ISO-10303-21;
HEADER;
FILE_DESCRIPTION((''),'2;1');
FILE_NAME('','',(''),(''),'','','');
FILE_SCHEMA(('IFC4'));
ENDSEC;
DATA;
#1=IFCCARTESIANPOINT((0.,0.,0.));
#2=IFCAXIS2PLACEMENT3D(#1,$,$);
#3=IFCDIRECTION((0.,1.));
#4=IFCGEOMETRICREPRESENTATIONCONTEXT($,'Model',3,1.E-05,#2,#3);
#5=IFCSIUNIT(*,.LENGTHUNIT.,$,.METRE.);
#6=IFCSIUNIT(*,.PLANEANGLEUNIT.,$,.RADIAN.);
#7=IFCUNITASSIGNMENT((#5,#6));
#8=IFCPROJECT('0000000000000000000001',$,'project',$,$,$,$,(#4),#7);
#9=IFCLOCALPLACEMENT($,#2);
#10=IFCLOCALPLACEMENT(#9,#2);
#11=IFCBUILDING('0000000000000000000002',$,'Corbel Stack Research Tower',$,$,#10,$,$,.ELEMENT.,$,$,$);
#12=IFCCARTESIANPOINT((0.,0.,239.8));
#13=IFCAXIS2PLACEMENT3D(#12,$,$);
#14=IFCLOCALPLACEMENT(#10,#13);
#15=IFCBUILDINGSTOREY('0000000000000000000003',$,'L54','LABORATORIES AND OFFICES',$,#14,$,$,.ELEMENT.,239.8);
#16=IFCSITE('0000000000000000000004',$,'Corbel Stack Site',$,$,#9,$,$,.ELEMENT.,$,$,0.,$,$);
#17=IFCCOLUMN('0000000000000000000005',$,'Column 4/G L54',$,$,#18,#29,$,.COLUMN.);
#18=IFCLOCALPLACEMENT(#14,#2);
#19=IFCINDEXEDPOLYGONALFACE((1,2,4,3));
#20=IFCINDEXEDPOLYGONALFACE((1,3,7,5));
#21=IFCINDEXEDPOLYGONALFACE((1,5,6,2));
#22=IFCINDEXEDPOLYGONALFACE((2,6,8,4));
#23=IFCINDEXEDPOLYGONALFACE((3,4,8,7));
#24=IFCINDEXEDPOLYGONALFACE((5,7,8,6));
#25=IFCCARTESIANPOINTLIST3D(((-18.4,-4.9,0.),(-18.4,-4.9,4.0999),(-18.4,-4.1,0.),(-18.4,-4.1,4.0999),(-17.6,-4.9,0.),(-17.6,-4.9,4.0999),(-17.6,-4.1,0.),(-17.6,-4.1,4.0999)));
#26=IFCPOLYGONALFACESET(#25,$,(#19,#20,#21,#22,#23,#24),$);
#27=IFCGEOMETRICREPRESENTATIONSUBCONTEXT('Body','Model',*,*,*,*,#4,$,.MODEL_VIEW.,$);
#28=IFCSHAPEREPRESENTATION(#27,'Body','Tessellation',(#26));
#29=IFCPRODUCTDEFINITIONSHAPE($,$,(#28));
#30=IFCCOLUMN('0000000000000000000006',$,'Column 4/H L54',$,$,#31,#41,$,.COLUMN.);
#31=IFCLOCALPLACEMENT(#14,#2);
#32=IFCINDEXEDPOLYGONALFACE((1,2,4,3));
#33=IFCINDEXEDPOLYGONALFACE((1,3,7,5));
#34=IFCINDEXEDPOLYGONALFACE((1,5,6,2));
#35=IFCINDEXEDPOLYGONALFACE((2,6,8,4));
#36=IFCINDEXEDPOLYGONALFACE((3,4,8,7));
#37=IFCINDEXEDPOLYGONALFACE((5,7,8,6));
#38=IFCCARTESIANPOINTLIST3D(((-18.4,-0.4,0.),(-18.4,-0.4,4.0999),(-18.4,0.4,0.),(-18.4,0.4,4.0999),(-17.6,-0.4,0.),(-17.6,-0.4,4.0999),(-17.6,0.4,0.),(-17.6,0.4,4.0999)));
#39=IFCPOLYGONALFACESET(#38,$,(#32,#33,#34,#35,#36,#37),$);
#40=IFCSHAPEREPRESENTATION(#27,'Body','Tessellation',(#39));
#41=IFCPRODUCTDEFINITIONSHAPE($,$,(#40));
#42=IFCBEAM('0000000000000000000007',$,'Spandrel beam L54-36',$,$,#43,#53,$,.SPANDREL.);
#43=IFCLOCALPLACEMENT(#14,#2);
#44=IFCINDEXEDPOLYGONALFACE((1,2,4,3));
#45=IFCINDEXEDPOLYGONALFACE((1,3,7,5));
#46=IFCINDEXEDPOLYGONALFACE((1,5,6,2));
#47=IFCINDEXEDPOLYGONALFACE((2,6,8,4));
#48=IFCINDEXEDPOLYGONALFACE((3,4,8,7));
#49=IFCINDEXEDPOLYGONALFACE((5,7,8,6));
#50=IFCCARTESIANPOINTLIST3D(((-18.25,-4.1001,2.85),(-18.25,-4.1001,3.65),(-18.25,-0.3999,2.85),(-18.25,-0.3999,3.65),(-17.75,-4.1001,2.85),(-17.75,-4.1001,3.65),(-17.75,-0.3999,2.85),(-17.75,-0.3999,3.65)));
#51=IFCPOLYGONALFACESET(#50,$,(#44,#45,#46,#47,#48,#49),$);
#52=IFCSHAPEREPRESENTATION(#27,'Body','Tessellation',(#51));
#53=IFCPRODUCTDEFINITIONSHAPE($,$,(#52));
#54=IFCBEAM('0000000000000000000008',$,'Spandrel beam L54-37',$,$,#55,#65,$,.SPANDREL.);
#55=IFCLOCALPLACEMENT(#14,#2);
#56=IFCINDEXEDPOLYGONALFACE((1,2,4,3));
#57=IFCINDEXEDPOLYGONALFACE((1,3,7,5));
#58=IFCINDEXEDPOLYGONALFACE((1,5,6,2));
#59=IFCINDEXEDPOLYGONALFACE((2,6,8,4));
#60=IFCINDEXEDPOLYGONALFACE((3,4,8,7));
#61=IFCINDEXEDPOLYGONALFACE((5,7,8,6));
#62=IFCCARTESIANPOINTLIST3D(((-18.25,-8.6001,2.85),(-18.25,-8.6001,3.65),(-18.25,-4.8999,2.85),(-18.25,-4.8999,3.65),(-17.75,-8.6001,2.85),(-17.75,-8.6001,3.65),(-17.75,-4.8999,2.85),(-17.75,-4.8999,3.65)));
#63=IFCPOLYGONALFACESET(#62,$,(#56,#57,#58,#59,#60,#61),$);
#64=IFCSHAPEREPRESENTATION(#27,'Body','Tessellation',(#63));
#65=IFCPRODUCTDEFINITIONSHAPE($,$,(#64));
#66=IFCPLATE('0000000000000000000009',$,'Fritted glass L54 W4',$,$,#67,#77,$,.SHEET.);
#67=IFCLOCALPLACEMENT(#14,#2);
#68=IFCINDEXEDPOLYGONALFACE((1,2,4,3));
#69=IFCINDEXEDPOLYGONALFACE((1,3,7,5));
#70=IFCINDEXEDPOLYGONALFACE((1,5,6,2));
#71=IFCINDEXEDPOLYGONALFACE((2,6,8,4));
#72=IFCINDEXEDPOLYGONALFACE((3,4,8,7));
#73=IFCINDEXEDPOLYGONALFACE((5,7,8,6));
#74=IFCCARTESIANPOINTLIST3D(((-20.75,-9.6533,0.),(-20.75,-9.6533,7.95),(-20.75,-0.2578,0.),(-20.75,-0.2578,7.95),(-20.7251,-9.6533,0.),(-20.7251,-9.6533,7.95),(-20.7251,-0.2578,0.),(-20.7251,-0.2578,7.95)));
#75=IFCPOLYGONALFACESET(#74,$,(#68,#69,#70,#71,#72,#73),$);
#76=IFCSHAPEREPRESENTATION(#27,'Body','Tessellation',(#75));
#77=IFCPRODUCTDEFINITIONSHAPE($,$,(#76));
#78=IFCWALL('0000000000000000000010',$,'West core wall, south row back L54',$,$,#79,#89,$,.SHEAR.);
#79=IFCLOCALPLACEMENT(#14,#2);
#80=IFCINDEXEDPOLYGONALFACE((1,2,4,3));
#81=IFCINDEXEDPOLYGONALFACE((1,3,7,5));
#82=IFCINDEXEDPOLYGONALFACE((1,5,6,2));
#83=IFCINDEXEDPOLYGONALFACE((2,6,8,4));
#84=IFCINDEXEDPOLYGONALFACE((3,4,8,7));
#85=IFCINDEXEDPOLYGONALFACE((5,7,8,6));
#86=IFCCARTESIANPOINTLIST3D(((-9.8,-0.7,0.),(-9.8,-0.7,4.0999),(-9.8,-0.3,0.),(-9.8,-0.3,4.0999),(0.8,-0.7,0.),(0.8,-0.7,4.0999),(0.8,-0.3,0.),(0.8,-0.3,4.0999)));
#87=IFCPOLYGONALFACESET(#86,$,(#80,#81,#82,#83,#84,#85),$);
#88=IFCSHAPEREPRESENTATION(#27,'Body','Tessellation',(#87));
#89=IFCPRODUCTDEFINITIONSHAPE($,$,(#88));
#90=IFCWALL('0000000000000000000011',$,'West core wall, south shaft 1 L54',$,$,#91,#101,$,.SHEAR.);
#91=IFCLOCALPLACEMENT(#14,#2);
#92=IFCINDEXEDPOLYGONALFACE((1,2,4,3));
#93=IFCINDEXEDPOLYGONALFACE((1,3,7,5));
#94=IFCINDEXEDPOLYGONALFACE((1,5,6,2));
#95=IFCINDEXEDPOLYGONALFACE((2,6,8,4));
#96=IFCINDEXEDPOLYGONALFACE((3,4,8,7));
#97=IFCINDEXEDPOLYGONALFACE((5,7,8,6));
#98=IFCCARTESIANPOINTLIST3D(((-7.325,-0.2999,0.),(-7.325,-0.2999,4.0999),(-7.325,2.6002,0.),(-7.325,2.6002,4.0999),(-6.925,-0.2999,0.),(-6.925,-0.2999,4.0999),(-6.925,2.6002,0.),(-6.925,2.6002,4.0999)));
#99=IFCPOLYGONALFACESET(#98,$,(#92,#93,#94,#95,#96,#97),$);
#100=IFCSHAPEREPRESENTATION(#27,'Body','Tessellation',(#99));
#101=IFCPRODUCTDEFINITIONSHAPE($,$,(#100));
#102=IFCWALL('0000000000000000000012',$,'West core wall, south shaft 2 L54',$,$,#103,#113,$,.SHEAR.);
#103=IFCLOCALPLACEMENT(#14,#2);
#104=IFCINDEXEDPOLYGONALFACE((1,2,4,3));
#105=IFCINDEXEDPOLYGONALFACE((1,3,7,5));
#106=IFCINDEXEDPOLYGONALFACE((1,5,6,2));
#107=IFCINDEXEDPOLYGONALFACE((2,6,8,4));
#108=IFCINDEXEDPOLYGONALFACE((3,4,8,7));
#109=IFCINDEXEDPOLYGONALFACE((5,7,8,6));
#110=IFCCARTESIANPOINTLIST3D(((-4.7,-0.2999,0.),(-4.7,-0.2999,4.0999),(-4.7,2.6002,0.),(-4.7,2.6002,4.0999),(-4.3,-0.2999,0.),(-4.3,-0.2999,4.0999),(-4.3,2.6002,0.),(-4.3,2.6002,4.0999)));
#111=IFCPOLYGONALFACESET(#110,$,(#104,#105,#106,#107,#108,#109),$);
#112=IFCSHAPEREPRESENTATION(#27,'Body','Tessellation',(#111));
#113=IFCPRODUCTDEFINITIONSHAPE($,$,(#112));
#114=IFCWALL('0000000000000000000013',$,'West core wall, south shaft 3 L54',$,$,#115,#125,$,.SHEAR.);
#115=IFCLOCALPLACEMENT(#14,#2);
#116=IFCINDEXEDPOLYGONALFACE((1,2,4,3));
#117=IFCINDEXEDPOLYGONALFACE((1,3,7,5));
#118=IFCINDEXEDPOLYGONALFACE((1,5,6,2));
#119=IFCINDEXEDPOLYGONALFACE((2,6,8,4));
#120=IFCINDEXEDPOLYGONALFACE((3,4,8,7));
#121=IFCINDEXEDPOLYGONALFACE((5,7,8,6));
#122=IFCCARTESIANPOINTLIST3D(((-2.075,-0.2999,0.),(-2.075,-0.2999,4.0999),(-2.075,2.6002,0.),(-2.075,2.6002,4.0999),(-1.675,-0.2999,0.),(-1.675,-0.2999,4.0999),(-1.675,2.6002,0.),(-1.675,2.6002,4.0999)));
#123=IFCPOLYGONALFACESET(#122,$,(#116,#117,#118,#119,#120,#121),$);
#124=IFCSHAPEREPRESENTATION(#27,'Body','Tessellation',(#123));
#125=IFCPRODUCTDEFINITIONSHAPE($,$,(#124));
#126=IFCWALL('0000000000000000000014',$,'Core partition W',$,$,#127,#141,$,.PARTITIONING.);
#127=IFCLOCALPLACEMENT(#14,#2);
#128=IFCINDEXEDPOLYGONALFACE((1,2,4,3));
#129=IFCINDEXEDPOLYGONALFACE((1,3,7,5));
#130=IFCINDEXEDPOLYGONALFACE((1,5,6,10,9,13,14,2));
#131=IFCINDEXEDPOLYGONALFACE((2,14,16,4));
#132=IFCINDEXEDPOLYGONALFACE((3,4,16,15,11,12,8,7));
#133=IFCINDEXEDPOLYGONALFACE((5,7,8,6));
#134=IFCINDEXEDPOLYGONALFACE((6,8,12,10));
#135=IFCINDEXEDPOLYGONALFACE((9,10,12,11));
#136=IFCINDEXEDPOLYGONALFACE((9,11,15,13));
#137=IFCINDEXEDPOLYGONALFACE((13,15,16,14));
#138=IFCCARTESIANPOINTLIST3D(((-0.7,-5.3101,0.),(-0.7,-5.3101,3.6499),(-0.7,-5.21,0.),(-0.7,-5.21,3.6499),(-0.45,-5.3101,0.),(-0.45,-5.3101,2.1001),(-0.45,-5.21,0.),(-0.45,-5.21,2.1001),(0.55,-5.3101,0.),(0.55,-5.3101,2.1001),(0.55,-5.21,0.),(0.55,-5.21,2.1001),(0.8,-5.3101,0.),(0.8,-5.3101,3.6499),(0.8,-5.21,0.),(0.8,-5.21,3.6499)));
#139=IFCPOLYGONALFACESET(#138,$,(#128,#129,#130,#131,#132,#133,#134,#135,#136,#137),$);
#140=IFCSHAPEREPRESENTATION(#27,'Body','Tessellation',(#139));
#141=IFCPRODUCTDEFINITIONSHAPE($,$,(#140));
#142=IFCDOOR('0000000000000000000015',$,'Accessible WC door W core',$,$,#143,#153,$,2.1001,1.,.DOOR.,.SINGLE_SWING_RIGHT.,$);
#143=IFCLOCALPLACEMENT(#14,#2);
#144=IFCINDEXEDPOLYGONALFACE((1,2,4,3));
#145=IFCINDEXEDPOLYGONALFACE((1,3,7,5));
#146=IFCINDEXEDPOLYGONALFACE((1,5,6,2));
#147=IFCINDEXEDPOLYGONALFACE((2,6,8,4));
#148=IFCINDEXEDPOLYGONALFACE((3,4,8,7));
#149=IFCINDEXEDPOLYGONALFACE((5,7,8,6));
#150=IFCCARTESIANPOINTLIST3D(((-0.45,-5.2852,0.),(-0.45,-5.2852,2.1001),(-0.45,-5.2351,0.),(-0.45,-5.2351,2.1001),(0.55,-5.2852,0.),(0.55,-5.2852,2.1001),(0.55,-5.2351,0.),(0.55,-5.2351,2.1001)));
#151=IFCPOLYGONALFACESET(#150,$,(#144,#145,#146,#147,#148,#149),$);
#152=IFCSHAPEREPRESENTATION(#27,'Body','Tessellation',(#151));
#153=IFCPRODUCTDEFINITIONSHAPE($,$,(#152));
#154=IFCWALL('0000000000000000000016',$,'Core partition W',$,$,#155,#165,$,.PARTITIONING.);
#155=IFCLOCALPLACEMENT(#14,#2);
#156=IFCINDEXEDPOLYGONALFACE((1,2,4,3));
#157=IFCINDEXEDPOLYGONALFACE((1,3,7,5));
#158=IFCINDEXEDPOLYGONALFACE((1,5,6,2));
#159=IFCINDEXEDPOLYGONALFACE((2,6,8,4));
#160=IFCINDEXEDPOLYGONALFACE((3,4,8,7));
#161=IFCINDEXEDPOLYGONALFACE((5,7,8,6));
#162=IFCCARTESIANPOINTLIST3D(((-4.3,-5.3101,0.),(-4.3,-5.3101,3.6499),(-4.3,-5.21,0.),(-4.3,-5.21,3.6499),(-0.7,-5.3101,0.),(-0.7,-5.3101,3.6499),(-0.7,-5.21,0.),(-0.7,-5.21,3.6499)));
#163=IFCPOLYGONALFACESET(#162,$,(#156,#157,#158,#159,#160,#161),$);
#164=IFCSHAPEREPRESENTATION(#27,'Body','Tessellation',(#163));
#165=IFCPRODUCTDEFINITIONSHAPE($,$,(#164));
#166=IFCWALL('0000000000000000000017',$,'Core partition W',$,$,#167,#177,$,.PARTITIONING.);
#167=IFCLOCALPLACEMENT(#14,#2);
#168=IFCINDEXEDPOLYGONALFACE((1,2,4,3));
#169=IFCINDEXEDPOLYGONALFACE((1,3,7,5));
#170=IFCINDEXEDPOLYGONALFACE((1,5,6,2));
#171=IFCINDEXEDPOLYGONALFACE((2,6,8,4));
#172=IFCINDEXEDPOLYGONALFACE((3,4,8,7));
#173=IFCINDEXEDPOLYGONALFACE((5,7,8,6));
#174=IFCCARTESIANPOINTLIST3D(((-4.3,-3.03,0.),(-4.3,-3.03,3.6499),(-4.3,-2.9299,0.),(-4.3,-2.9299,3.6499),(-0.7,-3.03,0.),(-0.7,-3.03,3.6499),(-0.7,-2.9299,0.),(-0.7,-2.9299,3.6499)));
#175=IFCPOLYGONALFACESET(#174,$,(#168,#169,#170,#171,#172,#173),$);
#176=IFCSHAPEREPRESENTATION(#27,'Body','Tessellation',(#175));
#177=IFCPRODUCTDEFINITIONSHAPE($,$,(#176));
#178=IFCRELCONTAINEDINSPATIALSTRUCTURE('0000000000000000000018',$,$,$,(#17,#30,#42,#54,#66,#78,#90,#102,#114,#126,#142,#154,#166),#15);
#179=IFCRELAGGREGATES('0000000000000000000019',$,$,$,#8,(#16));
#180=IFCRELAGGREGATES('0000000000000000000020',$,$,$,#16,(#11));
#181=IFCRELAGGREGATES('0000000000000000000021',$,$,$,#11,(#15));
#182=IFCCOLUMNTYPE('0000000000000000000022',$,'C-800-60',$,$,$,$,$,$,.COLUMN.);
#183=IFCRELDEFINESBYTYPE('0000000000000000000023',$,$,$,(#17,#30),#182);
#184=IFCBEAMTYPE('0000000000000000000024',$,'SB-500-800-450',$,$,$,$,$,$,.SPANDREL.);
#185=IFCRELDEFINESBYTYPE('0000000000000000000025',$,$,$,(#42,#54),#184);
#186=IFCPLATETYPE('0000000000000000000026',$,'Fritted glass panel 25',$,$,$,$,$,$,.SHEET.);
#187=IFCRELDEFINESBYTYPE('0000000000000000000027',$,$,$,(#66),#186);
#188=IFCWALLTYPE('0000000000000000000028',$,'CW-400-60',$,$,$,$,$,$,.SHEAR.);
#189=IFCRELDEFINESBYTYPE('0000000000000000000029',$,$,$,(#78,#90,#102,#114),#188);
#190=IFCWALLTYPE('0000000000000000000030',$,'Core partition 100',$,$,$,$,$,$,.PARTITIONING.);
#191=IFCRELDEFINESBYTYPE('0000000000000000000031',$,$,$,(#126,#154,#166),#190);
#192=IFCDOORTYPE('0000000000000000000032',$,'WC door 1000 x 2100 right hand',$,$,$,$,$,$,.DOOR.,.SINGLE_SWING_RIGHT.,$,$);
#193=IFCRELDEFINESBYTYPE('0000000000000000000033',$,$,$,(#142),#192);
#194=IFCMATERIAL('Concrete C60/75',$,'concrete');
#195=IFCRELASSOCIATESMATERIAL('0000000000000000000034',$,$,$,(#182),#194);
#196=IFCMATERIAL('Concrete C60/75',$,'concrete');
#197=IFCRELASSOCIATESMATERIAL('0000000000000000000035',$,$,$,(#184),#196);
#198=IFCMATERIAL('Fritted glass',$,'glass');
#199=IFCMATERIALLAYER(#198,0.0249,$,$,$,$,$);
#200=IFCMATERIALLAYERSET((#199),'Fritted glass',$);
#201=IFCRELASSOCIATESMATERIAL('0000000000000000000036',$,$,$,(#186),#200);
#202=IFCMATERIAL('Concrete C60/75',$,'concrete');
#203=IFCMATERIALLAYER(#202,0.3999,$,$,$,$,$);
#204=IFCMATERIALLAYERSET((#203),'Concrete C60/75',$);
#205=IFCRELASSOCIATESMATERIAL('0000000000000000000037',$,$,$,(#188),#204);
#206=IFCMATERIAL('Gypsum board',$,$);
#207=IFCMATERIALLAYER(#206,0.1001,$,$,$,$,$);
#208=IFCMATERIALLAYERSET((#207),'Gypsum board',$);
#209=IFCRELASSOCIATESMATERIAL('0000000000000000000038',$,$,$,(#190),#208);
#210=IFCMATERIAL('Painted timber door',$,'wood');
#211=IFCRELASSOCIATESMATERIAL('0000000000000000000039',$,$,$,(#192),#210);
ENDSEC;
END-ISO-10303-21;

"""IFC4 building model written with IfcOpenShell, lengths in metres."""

from ifc_helpers import new_model, si_unit, direction, frame, frame_2d, origin, origin_2d, place, context, subcontext, project, spatial, rectangle, extrude, material, layer, layer_set, material_profile, profile_set, type_object, element, fill, save


model = new_model("IFC4")

# Units and contexts
model_context = context("Model", 3, precision=1e-05, world=origin(), true_north=direction((0.0, 1.0)))
body_context = subcontext(model_context, "Body", "Model", "MODEL_VIEW")
ifc_project = project(units=[si_unit("LENGTHUNIT", "METRE"), si_unit("PLANEANGLEUNIT", "RADIAN")], contexts=[model_context])

# Site, building, storey
site_placement = place(None, origin())
site = spatial("IfcSite", under=ifc_project, at=site_placement, Name="Corbel Stack Site", CompositionType="ELEMENT", RefElevation=0.0)
building_placement = place(site_placement, origin())
building = spatial("IfcBuilding", under=site, at=building_placement, Name="Corbel Stack Research Tower", CompositionType="ELEMENT")
storey_placement = place(building_placement, frame((0.0, 0.0, 239.8)))
storey = spatial("IfcBuildingStorey", under=building, at=storey_placement, Name="L54", Description="LABORATORIES AND OFFICES", CompositionType="ELEMENT", Elevation=239.8)

# Columns
ifc_material_1 = material(Name="Concrete C60/75", Category="concrete")
ifc_material_profile_1 = material_profile(ifc_material_1, rectangle(XDim=0.8, YDim=0.8, at=origin_2d()), Name="RC 800 x 800")
ifc_profile_set_1 = profile_set([ifc_material_profile_1], Name="Concrete C60/75")
column_type = type_object("IfcColumnType", Name="C-800-60", PredefinedType="COLUMN", material=ifc_profile_set_1)
for number, where, z_axis, x_axis, name in (
    (1, (-18.0, -4.5, 0.0), (0.0, 0.0, 1.0), (1.0, 0.0, 0.0), "Column 4/G L54"),
    (2, (-18.0, 0.0, 0.0), (0.0, 0.0, 1.0), (1.0, 0.0, 0.0), "Column 4/H L54"),
):
    element("IfcColumn", number, at=place(storey_placement, frame(where, z_axis=z_axis, x_axis=x_axis)), inside=storey, type_object=column_type, Name=name, PredefinedType="COLUMN", context=body_context, shape_type="SweptSolid", body=[
        extrude(rectangle(XDim=0.8, YDim=0.8, at=origin_2d()), origin(), (0.0, 0.0, 1.0), 4.0999),
    ])

# Beams
ifc_material_2 = material(Name="Concrete C60/75", Category="concrete")
ifc_material_profile_2 = material_profile(ifc_material_2, rectangle(XDim=0.5, YDim=0.8, at=origin_2d()), Name="RC 500 x 800")
ifc_profile_set_2 = profile_set([ifc_material_profile_2], Name="Concrete C60/75")
beam_type = type_object("IfcBeamType", Name="SB-500-800-450", PredefinedType="SPANDREL", material=ifc_profile_set_2)
for number, where, z_axis, x_axis, name in (
    (3, (-18.0, -0.3999, 3.25), (0.0, -1.0, 0.0), (1.0, 0.0, 0.0), "Spandrel beam L54-36"),
    (4, (-18.0, -4.8999, 3.25), (0.0, -1.0, 0.0), (1.0, 0.0, 0.0), "Spandrel beam L54-37"),
):
    element("IfcBeam", number, at=place(storey_placement, frame(where, z_axis=z_axis, x_axis=x_axis)), inside=storey, type_object=beam_type, Name=name, PredefinedType="SPANDREL", context=body_context, shape_type="SweptSolid", body=[
        extrude(rectangle(XDim=0.5, YDim=0.8, at=origin_2d()), origin(), (0.0, 0.0, 1.0), 3.7002),
    ])

# Plate
ifc_material_3 = material(Name="Fritted glass", Category="glass")
ifc_layer_1 = layer(ifc_material_3, 0.0249)
ifc_layer_set_1 = layer_set([ifc_layer_1], Name="Fritted glass")
plate_type = type_object("IfcPlateType", Name="Fritted glass panel 25", PredefinedType="SHEET", material=ifc_layer_set_1)
plate_placement = place(storey_placement, frame((-20.7375, -4.9556, 0.0), z_axis=(0.0, 0.0, 1.0), x_axis=(0.0, -1.0, 0.0)))
element("IfcPlate", 5, at=plate_placement, inside=storey, type_object=plate_type, Name="Fritted glass L54 W4", PredefinedType="SHEET", context=body_context, shape_type="SweptSolid", body=[
    extrude(rectangle(XDim=9.3955, YDim=0.0249, at=origin_2d()), origin(), (0.0, 0.0, 1.0), 7.95),
])

# Walls
ifc_material_4 = material(Name="Concrete C60/75", Category="concrete")
ifc_layer_2 = layer(ifc_material_4, 0.3999)
ifc_layer_set_2 = layer_set([ifc_layer_2], Name="Concrete C60/75")
wall_type_1 = type_object("IfcWallType", Name="CW-400-60", PredefinedType="SHEAR", material=ifc_layer_set_2)
wall_1_placement = place(storey_placement, frame((-9.8, -0.5, 0.0), z_axis=(0.0, 0.0, 1.0), x_axis=(1.0, 0.0, 0.0)))
element("IfcWall", 6, at=wall_1_placement, inside=storey, type_object=wall_type_1, Name="West core wall, south row back L54", PredefinedType="SHEAR", context=body_context, shape_type="SweptSolid", body=[
    extrude(rectangle(XDim=10.6001, YDim=0.3999, at=frame_2d((5.3, 0.0))), origin(), (0.0, 0.0, 1.0), 4.0999),
])
for number, where, z_axis, x_axis, name in (
    (7, (-7.125, -0.3, 0.0), (0.0, 0.0, 1.0), (0.0, 1.0, 0.0), "West core wall, south shaft 1 L54"),
    (8, (-4.5, -0.3, 0.0), (0.0, 0.0, 1.0), (0.0, 1.0, 0.0), "West core wall, south shaft 2 L54"),
    (9, (-1.875, -0.3, 0.0), (0.0, 0.0, 1.0), (0.0, 1.0, 0.0), "West core wall, south shaft 3 L54"),
):
    element("IfcWall", number, at=place(storey_placement, frame(where, z_axis=z_axis, x_axis=x_axis)), inside=storey, type_object=wall_type_1, Name=name, PredefinedType="SHEAR", context=body_context, shape_type="SweptSolid", body=[
        extrude(rectangle(XDim=2.9001, YDim=0.3999, at=frame_2d((1.4502, 0.0))), origin(), (0.0, 0.0, 1.0), 4.0999),
    ])

# Wall, opening, door
ifc_material_5 = material(Name="Gypsum board")
ifc_layer_3 = layer(ifc_material_5, 0.1001)
ifc_layer_set_3 = layer_set([ifc_layer_3], Name="Gypsum board")
wall_type_2 = type_object("IfcWallType", Name="Core partition 100", PredefinedType="PARTITIONING", material=ifc_layer_set_3)
wall_2_placement = place(storey_placement, frame((-0.7, -5.26, 0.0), z_axis=(0.0, 0.0, 1.0), x_axis=(1.0, 0.0, 0.0)))
wall_2 = element("IfcWall", 10, at=wall_2_placement, inside=storey, type_object=wall_type_2, Name="Core partition W", PredefinedType="PARTITIONING", context=body_context, shape_type="SweptSolid", body=[
    extrude(rectangle(XDim=1.5, YDim=0.1001, at=frame_2d((0.75, 0.0))), origin(), (0.0, 0.0, 1.0), 3.6499),
])
opening_1_placement = place(wall_2_placement, frame((0.25, 0.0, 0.0)))
opening_1 = element("IfcOpeningElement", 11, at=opening_1_placement, cuts=wall_2, PredefinedType="OPENING", context=body_context, shape_type="SweptSolid", body=[
    extrude(rectangle(XDim=1.0, YDim=2.1001, at=frame_2d((0.5, 1.05))), frame((0.0, 0.0601, 0.0), z_axis=(0.0, -1.0, 0.0), x_axis=(1.0, 0.0, 0.0)), (0.0, 0.0, 1.0), 0.1201),
])
ifc_material_6 = material(Name="Painted timber door", Category="wood")
door_type_1 = type_object("IfcDoorType", Name="WC door 1000 x 2100 right hand", OperationType="SINGLE_SWING_RIGHT", PredefinedType="DOOR", material=ifc_material_6)
door_1_placement = place(opening_1_placement, origin())
door_1 = element("IfcDoor", 12, at=door_1_placement, inside=storey, type_object=door_type_1, Name="Accessible WC door W core", OperationType="SINGLE_SWING_RIGHT", OverallHeight=2.1001, OverallWidth=1.0, PredefinedType="DOOR", context=body_context, shape_type="SweptSolid", body=[
    extrude(rectangle(XDim=1.0, YDim=2.1001, at=frame_2d((0.5, 1.05))), frame((0.0, 0.0249, 0.0), z_axis=(0.0, -1.0, 0.0), x_axis=(1.0, 0.0, 0.0)), (0.0, 0.0, 1.0), 0.05),
])
fill(opening_1, door_1)

# Walls
for number, where, z_axis, x_axis, name in (
    (13, (-4.3, -5.26, 0.0), (0.0, 0.0, 1.0), (1.0, 0.0, 0.0), "Core partition W"),
    (14, (-4.3, -2.98, 0.0), (0.0, 0.0, 1.0), (1.0, 0.0, 0.0), "Core partition W"),
):
    element("IfcWall", number, at=place(storey_placement, frame(where, z_axis=z_axis, x_axis=x_axis)), inside=storey, type_object=wall_type_2, Name=name, PredefinedType="PARTITIONING", context=body_context, shape_type="SweptSolid", body=[
        extrude(rectangle(XDim=3.6001, YDim=0.1001, at=frame_2d((1.8, 0.0))), origin(), (0.0, 0.0, 1.0), 3.6499),
    ])

save(model, "model.ifc")
